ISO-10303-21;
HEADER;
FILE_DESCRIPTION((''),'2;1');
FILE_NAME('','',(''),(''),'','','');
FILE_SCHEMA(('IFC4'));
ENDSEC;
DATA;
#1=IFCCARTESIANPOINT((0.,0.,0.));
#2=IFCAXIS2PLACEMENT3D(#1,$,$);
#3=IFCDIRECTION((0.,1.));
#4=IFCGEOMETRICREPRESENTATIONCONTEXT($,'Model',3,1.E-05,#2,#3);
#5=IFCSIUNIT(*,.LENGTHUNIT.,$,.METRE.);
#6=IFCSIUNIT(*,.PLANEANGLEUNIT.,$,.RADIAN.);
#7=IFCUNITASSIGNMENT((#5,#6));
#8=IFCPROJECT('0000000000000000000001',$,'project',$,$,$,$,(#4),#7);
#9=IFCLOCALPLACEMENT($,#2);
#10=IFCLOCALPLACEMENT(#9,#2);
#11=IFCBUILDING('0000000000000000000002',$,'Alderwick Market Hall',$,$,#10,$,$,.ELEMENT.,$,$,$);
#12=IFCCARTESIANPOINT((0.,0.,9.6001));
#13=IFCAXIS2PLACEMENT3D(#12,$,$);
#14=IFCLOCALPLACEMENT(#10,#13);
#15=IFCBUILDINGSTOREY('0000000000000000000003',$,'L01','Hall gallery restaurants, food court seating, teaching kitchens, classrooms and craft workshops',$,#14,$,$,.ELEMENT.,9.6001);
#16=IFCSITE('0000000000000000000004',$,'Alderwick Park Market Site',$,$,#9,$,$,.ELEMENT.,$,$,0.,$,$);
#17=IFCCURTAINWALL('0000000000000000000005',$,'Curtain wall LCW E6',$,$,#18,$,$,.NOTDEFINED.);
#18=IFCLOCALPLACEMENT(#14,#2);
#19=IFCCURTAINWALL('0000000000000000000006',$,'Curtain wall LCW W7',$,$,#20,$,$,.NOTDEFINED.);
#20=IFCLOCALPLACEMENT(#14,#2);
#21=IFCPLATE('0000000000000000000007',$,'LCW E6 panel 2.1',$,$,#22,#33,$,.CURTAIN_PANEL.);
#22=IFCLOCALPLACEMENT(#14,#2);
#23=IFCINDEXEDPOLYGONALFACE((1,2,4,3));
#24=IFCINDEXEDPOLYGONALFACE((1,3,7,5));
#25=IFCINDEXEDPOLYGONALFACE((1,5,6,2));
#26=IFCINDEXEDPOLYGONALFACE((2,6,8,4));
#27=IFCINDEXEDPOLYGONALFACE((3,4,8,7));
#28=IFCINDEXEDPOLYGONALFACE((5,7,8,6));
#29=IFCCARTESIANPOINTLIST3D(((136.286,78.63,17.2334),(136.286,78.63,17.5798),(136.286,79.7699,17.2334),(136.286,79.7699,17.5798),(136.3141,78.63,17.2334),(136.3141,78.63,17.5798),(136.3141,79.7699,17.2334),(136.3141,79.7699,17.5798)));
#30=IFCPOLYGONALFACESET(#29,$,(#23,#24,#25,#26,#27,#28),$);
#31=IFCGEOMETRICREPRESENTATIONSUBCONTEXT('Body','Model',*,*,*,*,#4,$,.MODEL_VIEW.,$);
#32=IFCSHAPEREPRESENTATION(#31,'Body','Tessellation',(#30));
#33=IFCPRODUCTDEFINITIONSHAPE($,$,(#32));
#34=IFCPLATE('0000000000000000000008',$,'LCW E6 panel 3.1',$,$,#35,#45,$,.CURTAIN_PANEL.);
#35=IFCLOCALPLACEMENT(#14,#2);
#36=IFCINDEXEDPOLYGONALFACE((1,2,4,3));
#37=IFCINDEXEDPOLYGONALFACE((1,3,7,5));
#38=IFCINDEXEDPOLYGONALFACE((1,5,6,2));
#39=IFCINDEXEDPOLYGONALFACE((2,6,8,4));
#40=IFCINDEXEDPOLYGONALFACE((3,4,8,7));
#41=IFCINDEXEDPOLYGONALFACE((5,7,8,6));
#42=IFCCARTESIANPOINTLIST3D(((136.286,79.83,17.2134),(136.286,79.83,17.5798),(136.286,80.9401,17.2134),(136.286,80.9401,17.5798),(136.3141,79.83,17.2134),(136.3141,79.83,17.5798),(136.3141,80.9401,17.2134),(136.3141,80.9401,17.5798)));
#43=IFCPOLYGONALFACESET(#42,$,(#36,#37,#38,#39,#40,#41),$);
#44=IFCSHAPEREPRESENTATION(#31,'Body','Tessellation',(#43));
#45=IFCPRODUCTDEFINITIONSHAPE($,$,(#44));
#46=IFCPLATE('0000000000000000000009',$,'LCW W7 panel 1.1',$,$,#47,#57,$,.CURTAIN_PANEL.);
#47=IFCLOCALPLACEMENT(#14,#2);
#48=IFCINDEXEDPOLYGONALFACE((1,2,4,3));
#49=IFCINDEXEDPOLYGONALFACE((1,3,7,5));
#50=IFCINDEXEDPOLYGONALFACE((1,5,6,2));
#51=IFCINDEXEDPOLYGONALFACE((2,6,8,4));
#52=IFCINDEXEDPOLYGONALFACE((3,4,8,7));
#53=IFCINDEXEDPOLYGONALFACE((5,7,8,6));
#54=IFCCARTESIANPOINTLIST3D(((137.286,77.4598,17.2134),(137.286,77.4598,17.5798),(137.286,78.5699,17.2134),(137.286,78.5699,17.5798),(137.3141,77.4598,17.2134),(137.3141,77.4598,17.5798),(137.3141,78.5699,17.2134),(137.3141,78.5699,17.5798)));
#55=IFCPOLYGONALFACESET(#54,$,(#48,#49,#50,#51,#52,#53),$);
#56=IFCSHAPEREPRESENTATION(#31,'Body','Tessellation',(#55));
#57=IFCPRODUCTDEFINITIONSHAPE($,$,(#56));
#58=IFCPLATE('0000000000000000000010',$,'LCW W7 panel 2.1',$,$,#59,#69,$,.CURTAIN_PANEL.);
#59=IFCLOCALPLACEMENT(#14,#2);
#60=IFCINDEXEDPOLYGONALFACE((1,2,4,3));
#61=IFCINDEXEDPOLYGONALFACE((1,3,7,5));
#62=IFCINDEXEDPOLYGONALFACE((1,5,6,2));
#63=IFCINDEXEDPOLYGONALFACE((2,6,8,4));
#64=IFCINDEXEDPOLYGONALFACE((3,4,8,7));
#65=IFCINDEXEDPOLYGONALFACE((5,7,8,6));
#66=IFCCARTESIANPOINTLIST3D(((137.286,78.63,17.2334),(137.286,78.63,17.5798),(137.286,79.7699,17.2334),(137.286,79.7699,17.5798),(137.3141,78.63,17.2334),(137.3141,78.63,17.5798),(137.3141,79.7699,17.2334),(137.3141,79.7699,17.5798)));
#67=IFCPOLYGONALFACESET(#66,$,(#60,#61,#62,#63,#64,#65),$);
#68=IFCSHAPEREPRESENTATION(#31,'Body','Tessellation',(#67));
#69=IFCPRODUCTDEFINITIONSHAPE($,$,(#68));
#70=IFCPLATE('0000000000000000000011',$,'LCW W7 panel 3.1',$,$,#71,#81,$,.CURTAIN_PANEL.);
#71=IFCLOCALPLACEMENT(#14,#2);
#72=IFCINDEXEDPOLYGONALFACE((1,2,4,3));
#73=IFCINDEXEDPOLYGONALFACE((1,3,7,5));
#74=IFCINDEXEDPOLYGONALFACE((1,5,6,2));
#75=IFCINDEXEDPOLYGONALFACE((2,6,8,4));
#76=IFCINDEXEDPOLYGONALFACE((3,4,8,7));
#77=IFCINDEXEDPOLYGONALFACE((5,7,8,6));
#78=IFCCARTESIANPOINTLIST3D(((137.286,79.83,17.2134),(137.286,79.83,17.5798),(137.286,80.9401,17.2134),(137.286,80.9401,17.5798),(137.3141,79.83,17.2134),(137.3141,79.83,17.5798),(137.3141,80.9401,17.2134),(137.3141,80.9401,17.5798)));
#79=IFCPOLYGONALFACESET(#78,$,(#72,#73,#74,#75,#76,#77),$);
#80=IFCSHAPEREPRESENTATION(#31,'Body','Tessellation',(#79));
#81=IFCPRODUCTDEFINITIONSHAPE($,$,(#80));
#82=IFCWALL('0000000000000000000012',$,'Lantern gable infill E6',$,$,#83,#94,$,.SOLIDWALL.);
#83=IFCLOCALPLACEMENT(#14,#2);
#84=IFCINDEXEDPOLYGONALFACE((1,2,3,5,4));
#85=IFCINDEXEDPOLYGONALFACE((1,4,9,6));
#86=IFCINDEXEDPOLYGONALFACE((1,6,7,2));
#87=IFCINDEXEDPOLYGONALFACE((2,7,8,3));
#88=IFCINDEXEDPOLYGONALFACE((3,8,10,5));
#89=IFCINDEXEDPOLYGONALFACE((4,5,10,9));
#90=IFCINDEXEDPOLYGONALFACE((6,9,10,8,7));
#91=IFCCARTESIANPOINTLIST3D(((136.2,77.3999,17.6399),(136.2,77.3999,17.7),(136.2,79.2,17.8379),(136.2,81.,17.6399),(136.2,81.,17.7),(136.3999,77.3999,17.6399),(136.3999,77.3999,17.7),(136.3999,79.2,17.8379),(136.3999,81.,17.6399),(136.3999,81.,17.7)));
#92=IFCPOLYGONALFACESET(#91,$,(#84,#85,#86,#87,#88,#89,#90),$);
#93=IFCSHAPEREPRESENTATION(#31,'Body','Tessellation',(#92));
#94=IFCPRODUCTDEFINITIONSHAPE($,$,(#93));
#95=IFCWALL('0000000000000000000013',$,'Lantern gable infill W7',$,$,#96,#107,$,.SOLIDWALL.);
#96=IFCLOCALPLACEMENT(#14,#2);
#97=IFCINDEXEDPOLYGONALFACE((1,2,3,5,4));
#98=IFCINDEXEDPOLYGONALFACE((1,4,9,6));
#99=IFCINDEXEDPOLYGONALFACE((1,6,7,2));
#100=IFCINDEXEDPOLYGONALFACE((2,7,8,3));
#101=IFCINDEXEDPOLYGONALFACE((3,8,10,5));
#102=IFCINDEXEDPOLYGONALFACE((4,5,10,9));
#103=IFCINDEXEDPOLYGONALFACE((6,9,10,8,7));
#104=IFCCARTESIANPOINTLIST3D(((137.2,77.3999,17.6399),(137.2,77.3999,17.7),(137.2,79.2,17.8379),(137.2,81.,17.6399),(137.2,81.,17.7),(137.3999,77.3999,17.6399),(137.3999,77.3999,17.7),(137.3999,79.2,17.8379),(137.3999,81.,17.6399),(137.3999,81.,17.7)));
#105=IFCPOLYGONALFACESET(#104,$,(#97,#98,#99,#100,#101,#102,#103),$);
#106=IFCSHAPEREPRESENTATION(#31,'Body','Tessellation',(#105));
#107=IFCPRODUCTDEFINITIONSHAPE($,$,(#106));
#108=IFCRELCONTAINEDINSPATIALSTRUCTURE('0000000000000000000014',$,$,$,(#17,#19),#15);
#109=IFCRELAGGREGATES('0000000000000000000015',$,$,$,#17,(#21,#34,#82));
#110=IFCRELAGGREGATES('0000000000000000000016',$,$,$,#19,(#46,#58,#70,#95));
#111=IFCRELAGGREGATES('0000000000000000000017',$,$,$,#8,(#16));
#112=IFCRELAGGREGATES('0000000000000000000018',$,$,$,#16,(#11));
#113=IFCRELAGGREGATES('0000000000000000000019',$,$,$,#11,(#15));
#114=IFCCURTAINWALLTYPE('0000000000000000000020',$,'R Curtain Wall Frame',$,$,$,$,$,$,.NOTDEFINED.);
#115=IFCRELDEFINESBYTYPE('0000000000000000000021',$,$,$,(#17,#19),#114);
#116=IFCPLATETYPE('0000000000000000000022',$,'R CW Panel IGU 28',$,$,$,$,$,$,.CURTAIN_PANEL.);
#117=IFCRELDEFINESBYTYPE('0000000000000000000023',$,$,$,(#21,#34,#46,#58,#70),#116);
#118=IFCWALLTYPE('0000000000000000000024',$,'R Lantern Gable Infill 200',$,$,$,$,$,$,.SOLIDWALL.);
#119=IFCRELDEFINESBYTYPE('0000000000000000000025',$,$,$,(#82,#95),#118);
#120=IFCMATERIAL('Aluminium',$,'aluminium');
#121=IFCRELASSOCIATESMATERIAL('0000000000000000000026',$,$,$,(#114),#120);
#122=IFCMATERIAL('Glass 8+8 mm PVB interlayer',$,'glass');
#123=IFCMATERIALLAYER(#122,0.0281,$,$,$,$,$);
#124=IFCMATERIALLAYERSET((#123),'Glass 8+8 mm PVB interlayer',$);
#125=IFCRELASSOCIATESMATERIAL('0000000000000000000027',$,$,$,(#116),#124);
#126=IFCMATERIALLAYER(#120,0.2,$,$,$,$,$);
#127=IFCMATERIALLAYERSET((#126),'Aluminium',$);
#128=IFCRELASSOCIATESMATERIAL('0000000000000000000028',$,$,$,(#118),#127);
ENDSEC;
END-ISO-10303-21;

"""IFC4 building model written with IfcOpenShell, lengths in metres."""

from ifc_helpers import new_model, si_unit, direction, frame, origin, origin_2d, place, context, subcontext, project, spatial, polyline, rectangle, outline, extrude, material, layer, layer_set, type_object, element, aggregate, save


model = new_model("IFC4")

# Units and contexts
model_context = context("Model", 3, precision=1e-05, world=origin(), true_north=direction((0.0, 1.0)))
body_context = subcontext(model_context, "Body", "Model", "MODEL_VIEW")
ifc_project = project(units=[si_unit("LENGTHUNIT", "METRE"), si_unit("PLANEANGLEUNIT", "RADIAN")], contexts=[model_context])

# Site, building, storey
site_placement = place(None, origin())
site = spatial("IfcSite", under=ifc_project, at=site_placement, Name="Alderwick Park Market Site", CompositionType="ELEMENT", RefElevation=0.0)
building_placement = place(site_placement, origin())
building = spatial("IfcBuilding", under=site, at=building_placement, Name="Alderwick Market Hall", CompositionType="ELEMENT")
storey_placement = place(building_placement, frame((0.0, 0.0, 9.6001)))
storey = spatial("IfcBuildingStorey", under=building, at=storey_placement, Name="L01", Description="Hall gallery restaurants, food court seating, teaching kitchens, classrooms and craft workshops", CompositionType="ELEMENT", Elevation=9.6001)

# Curtain wall
ifc_material_1 = material(Name="Aluminium", Category="aluminium")
curtain_wall_type = type_object("IfcCurtainWallType", Name="R Curtain Wall Frame", PredefinedType="NOTDEFINED", material=ifc_material_1)
curtain_wall_1_placement = place(storey_placement, origin())
curtain_wall_1 = element("IfcCurtainWall", 1, at=curtain_wall_1_placement, inside=storey, type_object=curtain_wall_type, Name="Curtain wall LCW E6", PredefinedType="NOTDEFINED")

# Curtain wall
curtain_wall_2_placement = place(storey_placement, origin())
curtain_wall_2 = element("IfcCurtainWall", 2, at=curtain_wall_2_placement, inside=storey, type_object=curtain_wall_type, Name="Curtain wall LCW W7", PredefinedType="NOTDEFINED")

# Plates
ifc_material_2 = material(Name="Glass 8+8 mm PVB interlayer", Category="glass")
ifc_layer_1 = layer(ifc_material_2, 0.0281)
ifc_layer_set_1 = layer_set([ifc_layer_1], Name="Glass 8+8 mm PVB interlayer")
plate_type = type_object("IfcPlateType", Name="R CW Panel IGU 28", PredefinedType="CURTAIN_PANEL", material=ifc_layer_set_1)
plate_1_placement = place(storey_placement, frame((136.3, 79.2, 17.2334), z_axis=(0.0, 0.0, 1.0), x_axis=(1.0, 0.0, 0.0)))
plate_1 = element("IfcPlate", 3, at=plate_1_placement, type_object=plate_type, Name="LCW E6 panel 2.1", PredefinedType="CURTAIN_PANEL", context=body_context, shape_type="SweptSolid", body=[
    extrude(rectangle(XDim=0.0281, YDim=1.1399, at=origin_2d()), origin(), (0.0, 0.0, 1.0), 0.3464),
])
plate_2_placement = place(storey_placement, frame((136.3, 80.385, 17.2134), z_axis=(0.0, 0.0, 1.0), x_axis=(1.0, 0.0, 0.0)))
plate_2 = element("IfcPlate", 4, at=plate_2_placement, type_object=plate_type, Name="LCW E6 panel 3.1", PredefinedType="CURTAIN_PANEL", context=body_context, shape_type="SweptSolid", body=[
    extrude(rectangle(XDim=0.0281, YDim=1.1101, at=origin_2d()), origin(), (0.0, 0.0, 1.0), 0.3665),
])
plate_3_placement = place(storey_placement, frame((137.3, 78.0149, 17.2134), z_axis=(0.0, 0.0, 1.0), x_axis=(1.0, 0.0, 0.0)))
plate_3 = element("IfcPlate", 5, at=plate_3_placement, type_object=plate_type, Name="LCW W7 panel 1.1", PredefinedType="CURTAIN_PANEL", context=body_context, shape_type="SweptSolid", body=[
    extrude(rectangle(XDim=0.0281, YDim=1.1101, at=origin_2d()), origin(), (0.0, 0.0, 1.0), 0.3665),
])
plate_4_placement = place(storey_placement, frame((137.3, 79.2, 17.2334), z_axis=(0.0, 0.0, 1.0), x_axis=(1.0, 0.0, 0.0)))
plate_4 = element("IfcPlate", 6, at=plate_4_placement, type_object=plate_type, Name="LCW W7 panel 2.1", PredefinedType="CURTAIN_PANEL", context=body_context, shape_type="SweptSolid", body=[
    extrude(rectangle(XDim=0.0281, YDim=1.1399, at=origin_2d()), origin(), (0.0, 0.0, 1.0), 0.3464),
])
plate_5_placement = place(storey_placement, frame((137.3, 80.385, 17.2134), z_axis=(0.0, 0.0, 1.0), x_axis=(1.0, 0.0, 0.0)))
plate_5 = element("IfcPlate", 7, at=plate_5_placement, type_object=plate_type, Name="LCW W7 panel 3.1", PredefinedType="CURTAIN_PANEL", context=body_context, shape_type="SweptSolid", body=[
    extrude(rectangle(XDim=0.0281, YDim=1.1101, at=origin_2d()), origin(), (0.0, 0.0, 1.0), 0.3665),
])

# Walls
ifc_layer_2 = layer(ifc_material_1, 0.2)
ifc_layer_set_2 = layer_set([ifc_layer_2], Name="Aluminium")
wall_type = type_object("IfcWallType", Name="R Lantern Gable Infill 200", PredefinedType="SOLIDWALL", material=ifc_layer_set_2)
wall_1_placement = place(storey_placement, frame((136.3, 77.3999, 17.6399), z_axis=(0.0, 0.0, 1.0), x_axis=(0.0, 1.0, 0.0)))
wall_1 = element("IfcWall", 8, at=wall_1_placement, type_object=wall_type, Name="Lantern gable infill E6", PredefinedType="SOLIDWALL", context=body_context, shape_type="SweptSolid", body=[
    extrude(outline(polyline([(0.0, 0.0), (3.6001, 0.0), (3.6001, 0.0601), (1.8, 0.198), (0.0, 0.0601), (0.0, 0.0)])), frame((0.0, 0.1001, 0.0), z_axis=(0.0, -1.0, 0.0), x_axis=(1.0, 0.0, 0.0)), (0.0, 0.0, 1.0), 0.2),
])
aggregate(curtain_wall_1, [plate_1, plate_2, wall_1])
wall_2_placement = place(storey_placement, frame((137.3, 77.3999, 17.6399), z_axis=(0.0, 0.0, 1.0), x_axis=(0.0, 1.0, 0.0)))
wall_2 = element("IfcWall", 9, at=wall_2_placement, type_object=wall_type, Name="Lantern gable infill W7", PredefinedType="SOLIDWALL", context=body_context, shape_type="SweptSolid", body=[
    extrude(outline(polyline([(0.0, 0.0), (3.6001, 0.0), (3.6001, 0.0601), (1.8, 0.198), (0.0, 0.0601), (0.0, 0.0)])), frame((0.0, 0.1001, 0.0), z_axis=(0.0, -1.0, 0.0), x_axis=(1.0, 0.0, 0.0)), (0.0, 0.0, 1.0), 0.2),
])
aggregate(curtain_wall_2, [plate_3, plate_4, plate_5, wall_2])

save(model, "model.ifc")
